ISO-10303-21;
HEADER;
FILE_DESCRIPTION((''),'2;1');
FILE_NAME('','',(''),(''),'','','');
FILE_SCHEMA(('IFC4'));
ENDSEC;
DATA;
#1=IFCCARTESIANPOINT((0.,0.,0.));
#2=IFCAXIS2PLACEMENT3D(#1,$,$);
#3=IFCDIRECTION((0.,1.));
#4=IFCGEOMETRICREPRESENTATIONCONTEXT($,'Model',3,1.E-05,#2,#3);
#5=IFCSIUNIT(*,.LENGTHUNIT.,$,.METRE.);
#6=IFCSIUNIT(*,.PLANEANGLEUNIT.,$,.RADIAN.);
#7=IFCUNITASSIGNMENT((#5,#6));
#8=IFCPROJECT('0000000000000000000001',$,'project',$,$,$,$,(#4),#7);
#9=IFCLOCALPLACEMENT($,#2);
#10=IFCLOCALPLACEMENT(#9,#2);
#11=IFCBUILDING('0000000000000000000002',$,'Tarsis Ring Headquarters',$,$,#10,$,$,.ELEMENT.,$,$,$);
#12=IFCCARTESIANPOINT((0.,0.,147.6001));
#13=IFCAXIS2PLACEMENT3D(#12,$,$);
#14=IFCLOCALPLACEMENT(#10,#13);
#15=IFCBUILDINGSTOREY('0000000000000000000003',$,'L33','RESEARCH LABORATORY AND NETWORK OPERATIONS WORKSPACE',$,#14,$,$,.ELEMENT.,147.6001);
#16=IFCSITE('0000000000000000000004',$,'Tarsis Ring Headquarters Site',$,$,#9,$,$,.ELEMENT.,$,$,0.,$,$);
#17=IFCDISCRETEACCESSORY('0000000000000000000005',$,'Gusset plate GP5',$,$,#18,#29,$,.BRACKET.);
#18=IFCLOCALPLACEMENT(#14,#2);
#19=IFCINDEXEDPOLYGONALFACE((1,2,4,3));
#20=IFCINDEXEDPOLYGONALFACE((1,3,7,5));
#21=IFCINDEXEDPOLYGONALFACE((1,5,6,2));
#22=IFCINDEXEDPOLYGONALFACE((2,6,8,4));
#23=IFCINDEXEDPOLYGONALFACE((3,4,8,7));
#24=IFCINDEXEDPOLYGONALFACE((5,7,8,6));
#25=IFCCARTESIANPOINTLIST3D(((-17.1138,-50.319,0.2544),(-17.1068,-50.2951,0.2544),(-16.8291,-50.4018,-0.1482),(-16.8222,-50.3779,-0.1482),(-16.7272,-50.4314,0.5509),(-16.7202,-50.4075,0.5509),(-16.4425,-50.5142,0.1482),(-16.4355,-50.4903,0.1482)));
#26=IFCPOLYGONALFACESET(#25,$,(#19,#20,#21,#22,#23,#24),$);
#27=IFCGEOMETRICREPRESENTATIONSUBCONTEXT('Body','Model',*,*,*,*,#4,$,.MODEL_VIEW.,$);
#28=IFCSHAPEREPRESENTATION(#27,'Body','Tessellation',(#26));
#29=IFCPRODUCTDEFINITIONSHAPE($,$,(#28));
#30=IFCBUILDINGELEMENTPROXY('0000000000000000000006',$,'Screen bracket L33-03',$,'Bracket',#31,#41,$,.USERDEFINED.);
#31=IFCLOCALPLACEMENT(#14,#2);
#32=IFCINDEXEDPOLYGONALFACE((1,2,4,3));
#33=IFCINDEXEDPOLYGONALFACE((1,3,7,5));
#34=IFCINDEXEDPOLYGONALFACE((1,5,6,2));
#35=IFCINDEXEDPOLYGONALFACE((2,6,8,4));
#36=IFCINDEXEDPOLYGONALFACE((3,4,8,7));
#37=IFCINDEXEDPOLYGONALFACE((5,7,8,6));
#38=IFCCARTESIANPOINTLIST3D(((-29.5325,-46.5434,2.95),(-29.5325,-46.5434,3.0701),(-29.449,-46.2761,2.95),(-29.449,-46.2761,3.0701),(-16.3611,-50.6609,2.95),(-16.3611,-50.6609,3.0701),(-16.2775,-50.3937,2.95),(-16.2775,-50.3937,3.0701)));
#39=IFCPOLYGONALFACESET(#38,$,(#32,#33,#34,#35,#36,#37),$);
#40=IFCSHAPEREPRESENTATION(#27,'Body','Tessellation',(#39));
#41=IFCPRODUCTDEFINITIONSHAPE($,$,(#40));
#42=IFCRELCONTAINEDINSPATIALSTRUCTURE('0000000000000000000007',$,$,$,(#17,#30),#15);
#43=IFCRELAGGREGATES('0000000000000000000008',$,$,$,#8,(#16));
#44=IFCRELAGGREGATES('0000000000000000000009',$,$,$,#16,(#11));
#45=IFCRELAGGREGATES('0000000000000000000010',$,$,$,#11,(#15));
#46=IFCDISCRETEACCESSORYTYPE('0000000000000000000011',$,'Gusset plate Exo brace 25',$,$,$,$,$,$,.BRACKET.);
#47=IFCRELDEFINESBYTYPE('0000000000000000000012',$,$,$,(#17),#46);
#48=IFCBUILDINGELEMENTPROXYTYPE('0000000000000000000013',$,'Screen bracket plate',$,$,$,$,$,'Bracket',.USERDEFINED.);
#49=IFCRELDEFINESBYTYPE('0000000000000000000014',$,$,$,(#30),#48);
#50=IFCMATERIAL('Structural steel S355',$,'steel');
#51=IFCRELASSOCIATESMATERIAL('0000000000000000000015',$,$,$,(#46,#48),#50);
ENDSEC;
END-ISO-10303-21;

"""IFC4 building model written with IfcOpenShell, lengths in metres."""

from ifc_helpers import new_model, si_unit, direction, frame, origin, origin_2d, place, context, subcontext, project, spatial, rectangle, extrude, material, material_profile, profile_set, type_object, element, save


model = new_model("IFC4")

# Units and contexts
model_context = context("Model", 3, precision=1e-05, world=origin(), true_north=direction((0.0, 1.0)))
body_context = subcontext(model_context, "Body", "Model", "MODEL_VIEW")
ifc_project = project(units=[si_unit("LENGTHUNIT", "METRE"), si_unit("PLANEANGLEUNIT", "RADIAN")], contexts=[model_context])

# Site, building, storey
site_placement = place(None, origin())
site = spatial("IfcSite", under=ifc_project, at=site_placement, Name="Tarsis Ring Headquarters Site", CompositionType="ELEMENT", RefElevation=0.0)
building_placement = place(site_placement, origin())
building = spatial("IfcBuilding", under=site, at=building_placement, Name="Tarsis Ring Headquarters", CompositionType="ELEMENT")
storey_placement = place(building_placement, frame((0.0, 0.0, 147.6001)))
storey = spatial("IfcBuildingStorey", under=building, at=storey_placement, Name="L33", Description="RESEARCH LABORATORY AND NETWORK OPERATIONS WORKSPACE", CompositionType="ELEMENT", Elevation=147.6001)

# Shared definitions
ifc_material_1 = material(Name="Structural steel S355", Category="steel")

# Discrete accessory
ifc_material_profile_1 = material_profile(ifc_material_1, rectangle(XDim=0.0249, YDim=0.5, at=origin_2d()), Name="PL 25x500")
ifc_profile_set_1 = profile_set([ifc_material_profile_1], Name="Structural steel S355")
discrete_accessory_type = type_object("IfcDiscreteAccessoryType", Name="Gusset plate Exo brace 25", PredefinedType="BRACKET", material=ifc_profile_set_1)
discrete_accessory_1_placement = place(storey_placement, frame((-16.6323, -50.446, 0.0), z_axis=(-0.569378, 0.16554, 0.805236), x_axis=(-0.279178, -0.960239, 0.0)))
element("IfcDiscreteAccessory", 1, at=discrete_accessory_1_placement, inside=storey, type_object=discrete_accessory_type, Name="Gusset plate GP5", PredefinedType="BRACKET", context=body_context, shape_type="SweptSolid", body=[
    extrude(rectangle(XDim=0.0249, YDim=0.5, at=origin_2d()), origin(), (0.0, 0.0, 1.0), 0.5),
])

# Building element proxy
building_element_proxy_type = type_object("IfcBuildingElementProxyType", Name="Screen bracket plate", ElementType="Bracket", PredefinedType="USERDEFINED", material=ifc_material_1)
proxy_placement = place(storey_placement, frame((-22.905, -48.4685, 2.95), z_axis=(0.0, 0.0, 1.0), x_axis=(0.954449, -0.298375, 0.0)))
element("IfcBuildingElementProxy", 2, at=proxy_placement, inside=storey, type_object=building_element_proxy_type, Name="Screen bracket L33-03", ObjectType="Bracket", PredefinedType="USERDEFINED", context=body_context, shape_type="SweptSolid", body=[
    extrude(rectangle(XDim=13.8, YDim=0.28, at=origin_2d()), origin(), (0.0, 0.0, 1.0), 0.1201),
])

save(model, "model.ifc")
